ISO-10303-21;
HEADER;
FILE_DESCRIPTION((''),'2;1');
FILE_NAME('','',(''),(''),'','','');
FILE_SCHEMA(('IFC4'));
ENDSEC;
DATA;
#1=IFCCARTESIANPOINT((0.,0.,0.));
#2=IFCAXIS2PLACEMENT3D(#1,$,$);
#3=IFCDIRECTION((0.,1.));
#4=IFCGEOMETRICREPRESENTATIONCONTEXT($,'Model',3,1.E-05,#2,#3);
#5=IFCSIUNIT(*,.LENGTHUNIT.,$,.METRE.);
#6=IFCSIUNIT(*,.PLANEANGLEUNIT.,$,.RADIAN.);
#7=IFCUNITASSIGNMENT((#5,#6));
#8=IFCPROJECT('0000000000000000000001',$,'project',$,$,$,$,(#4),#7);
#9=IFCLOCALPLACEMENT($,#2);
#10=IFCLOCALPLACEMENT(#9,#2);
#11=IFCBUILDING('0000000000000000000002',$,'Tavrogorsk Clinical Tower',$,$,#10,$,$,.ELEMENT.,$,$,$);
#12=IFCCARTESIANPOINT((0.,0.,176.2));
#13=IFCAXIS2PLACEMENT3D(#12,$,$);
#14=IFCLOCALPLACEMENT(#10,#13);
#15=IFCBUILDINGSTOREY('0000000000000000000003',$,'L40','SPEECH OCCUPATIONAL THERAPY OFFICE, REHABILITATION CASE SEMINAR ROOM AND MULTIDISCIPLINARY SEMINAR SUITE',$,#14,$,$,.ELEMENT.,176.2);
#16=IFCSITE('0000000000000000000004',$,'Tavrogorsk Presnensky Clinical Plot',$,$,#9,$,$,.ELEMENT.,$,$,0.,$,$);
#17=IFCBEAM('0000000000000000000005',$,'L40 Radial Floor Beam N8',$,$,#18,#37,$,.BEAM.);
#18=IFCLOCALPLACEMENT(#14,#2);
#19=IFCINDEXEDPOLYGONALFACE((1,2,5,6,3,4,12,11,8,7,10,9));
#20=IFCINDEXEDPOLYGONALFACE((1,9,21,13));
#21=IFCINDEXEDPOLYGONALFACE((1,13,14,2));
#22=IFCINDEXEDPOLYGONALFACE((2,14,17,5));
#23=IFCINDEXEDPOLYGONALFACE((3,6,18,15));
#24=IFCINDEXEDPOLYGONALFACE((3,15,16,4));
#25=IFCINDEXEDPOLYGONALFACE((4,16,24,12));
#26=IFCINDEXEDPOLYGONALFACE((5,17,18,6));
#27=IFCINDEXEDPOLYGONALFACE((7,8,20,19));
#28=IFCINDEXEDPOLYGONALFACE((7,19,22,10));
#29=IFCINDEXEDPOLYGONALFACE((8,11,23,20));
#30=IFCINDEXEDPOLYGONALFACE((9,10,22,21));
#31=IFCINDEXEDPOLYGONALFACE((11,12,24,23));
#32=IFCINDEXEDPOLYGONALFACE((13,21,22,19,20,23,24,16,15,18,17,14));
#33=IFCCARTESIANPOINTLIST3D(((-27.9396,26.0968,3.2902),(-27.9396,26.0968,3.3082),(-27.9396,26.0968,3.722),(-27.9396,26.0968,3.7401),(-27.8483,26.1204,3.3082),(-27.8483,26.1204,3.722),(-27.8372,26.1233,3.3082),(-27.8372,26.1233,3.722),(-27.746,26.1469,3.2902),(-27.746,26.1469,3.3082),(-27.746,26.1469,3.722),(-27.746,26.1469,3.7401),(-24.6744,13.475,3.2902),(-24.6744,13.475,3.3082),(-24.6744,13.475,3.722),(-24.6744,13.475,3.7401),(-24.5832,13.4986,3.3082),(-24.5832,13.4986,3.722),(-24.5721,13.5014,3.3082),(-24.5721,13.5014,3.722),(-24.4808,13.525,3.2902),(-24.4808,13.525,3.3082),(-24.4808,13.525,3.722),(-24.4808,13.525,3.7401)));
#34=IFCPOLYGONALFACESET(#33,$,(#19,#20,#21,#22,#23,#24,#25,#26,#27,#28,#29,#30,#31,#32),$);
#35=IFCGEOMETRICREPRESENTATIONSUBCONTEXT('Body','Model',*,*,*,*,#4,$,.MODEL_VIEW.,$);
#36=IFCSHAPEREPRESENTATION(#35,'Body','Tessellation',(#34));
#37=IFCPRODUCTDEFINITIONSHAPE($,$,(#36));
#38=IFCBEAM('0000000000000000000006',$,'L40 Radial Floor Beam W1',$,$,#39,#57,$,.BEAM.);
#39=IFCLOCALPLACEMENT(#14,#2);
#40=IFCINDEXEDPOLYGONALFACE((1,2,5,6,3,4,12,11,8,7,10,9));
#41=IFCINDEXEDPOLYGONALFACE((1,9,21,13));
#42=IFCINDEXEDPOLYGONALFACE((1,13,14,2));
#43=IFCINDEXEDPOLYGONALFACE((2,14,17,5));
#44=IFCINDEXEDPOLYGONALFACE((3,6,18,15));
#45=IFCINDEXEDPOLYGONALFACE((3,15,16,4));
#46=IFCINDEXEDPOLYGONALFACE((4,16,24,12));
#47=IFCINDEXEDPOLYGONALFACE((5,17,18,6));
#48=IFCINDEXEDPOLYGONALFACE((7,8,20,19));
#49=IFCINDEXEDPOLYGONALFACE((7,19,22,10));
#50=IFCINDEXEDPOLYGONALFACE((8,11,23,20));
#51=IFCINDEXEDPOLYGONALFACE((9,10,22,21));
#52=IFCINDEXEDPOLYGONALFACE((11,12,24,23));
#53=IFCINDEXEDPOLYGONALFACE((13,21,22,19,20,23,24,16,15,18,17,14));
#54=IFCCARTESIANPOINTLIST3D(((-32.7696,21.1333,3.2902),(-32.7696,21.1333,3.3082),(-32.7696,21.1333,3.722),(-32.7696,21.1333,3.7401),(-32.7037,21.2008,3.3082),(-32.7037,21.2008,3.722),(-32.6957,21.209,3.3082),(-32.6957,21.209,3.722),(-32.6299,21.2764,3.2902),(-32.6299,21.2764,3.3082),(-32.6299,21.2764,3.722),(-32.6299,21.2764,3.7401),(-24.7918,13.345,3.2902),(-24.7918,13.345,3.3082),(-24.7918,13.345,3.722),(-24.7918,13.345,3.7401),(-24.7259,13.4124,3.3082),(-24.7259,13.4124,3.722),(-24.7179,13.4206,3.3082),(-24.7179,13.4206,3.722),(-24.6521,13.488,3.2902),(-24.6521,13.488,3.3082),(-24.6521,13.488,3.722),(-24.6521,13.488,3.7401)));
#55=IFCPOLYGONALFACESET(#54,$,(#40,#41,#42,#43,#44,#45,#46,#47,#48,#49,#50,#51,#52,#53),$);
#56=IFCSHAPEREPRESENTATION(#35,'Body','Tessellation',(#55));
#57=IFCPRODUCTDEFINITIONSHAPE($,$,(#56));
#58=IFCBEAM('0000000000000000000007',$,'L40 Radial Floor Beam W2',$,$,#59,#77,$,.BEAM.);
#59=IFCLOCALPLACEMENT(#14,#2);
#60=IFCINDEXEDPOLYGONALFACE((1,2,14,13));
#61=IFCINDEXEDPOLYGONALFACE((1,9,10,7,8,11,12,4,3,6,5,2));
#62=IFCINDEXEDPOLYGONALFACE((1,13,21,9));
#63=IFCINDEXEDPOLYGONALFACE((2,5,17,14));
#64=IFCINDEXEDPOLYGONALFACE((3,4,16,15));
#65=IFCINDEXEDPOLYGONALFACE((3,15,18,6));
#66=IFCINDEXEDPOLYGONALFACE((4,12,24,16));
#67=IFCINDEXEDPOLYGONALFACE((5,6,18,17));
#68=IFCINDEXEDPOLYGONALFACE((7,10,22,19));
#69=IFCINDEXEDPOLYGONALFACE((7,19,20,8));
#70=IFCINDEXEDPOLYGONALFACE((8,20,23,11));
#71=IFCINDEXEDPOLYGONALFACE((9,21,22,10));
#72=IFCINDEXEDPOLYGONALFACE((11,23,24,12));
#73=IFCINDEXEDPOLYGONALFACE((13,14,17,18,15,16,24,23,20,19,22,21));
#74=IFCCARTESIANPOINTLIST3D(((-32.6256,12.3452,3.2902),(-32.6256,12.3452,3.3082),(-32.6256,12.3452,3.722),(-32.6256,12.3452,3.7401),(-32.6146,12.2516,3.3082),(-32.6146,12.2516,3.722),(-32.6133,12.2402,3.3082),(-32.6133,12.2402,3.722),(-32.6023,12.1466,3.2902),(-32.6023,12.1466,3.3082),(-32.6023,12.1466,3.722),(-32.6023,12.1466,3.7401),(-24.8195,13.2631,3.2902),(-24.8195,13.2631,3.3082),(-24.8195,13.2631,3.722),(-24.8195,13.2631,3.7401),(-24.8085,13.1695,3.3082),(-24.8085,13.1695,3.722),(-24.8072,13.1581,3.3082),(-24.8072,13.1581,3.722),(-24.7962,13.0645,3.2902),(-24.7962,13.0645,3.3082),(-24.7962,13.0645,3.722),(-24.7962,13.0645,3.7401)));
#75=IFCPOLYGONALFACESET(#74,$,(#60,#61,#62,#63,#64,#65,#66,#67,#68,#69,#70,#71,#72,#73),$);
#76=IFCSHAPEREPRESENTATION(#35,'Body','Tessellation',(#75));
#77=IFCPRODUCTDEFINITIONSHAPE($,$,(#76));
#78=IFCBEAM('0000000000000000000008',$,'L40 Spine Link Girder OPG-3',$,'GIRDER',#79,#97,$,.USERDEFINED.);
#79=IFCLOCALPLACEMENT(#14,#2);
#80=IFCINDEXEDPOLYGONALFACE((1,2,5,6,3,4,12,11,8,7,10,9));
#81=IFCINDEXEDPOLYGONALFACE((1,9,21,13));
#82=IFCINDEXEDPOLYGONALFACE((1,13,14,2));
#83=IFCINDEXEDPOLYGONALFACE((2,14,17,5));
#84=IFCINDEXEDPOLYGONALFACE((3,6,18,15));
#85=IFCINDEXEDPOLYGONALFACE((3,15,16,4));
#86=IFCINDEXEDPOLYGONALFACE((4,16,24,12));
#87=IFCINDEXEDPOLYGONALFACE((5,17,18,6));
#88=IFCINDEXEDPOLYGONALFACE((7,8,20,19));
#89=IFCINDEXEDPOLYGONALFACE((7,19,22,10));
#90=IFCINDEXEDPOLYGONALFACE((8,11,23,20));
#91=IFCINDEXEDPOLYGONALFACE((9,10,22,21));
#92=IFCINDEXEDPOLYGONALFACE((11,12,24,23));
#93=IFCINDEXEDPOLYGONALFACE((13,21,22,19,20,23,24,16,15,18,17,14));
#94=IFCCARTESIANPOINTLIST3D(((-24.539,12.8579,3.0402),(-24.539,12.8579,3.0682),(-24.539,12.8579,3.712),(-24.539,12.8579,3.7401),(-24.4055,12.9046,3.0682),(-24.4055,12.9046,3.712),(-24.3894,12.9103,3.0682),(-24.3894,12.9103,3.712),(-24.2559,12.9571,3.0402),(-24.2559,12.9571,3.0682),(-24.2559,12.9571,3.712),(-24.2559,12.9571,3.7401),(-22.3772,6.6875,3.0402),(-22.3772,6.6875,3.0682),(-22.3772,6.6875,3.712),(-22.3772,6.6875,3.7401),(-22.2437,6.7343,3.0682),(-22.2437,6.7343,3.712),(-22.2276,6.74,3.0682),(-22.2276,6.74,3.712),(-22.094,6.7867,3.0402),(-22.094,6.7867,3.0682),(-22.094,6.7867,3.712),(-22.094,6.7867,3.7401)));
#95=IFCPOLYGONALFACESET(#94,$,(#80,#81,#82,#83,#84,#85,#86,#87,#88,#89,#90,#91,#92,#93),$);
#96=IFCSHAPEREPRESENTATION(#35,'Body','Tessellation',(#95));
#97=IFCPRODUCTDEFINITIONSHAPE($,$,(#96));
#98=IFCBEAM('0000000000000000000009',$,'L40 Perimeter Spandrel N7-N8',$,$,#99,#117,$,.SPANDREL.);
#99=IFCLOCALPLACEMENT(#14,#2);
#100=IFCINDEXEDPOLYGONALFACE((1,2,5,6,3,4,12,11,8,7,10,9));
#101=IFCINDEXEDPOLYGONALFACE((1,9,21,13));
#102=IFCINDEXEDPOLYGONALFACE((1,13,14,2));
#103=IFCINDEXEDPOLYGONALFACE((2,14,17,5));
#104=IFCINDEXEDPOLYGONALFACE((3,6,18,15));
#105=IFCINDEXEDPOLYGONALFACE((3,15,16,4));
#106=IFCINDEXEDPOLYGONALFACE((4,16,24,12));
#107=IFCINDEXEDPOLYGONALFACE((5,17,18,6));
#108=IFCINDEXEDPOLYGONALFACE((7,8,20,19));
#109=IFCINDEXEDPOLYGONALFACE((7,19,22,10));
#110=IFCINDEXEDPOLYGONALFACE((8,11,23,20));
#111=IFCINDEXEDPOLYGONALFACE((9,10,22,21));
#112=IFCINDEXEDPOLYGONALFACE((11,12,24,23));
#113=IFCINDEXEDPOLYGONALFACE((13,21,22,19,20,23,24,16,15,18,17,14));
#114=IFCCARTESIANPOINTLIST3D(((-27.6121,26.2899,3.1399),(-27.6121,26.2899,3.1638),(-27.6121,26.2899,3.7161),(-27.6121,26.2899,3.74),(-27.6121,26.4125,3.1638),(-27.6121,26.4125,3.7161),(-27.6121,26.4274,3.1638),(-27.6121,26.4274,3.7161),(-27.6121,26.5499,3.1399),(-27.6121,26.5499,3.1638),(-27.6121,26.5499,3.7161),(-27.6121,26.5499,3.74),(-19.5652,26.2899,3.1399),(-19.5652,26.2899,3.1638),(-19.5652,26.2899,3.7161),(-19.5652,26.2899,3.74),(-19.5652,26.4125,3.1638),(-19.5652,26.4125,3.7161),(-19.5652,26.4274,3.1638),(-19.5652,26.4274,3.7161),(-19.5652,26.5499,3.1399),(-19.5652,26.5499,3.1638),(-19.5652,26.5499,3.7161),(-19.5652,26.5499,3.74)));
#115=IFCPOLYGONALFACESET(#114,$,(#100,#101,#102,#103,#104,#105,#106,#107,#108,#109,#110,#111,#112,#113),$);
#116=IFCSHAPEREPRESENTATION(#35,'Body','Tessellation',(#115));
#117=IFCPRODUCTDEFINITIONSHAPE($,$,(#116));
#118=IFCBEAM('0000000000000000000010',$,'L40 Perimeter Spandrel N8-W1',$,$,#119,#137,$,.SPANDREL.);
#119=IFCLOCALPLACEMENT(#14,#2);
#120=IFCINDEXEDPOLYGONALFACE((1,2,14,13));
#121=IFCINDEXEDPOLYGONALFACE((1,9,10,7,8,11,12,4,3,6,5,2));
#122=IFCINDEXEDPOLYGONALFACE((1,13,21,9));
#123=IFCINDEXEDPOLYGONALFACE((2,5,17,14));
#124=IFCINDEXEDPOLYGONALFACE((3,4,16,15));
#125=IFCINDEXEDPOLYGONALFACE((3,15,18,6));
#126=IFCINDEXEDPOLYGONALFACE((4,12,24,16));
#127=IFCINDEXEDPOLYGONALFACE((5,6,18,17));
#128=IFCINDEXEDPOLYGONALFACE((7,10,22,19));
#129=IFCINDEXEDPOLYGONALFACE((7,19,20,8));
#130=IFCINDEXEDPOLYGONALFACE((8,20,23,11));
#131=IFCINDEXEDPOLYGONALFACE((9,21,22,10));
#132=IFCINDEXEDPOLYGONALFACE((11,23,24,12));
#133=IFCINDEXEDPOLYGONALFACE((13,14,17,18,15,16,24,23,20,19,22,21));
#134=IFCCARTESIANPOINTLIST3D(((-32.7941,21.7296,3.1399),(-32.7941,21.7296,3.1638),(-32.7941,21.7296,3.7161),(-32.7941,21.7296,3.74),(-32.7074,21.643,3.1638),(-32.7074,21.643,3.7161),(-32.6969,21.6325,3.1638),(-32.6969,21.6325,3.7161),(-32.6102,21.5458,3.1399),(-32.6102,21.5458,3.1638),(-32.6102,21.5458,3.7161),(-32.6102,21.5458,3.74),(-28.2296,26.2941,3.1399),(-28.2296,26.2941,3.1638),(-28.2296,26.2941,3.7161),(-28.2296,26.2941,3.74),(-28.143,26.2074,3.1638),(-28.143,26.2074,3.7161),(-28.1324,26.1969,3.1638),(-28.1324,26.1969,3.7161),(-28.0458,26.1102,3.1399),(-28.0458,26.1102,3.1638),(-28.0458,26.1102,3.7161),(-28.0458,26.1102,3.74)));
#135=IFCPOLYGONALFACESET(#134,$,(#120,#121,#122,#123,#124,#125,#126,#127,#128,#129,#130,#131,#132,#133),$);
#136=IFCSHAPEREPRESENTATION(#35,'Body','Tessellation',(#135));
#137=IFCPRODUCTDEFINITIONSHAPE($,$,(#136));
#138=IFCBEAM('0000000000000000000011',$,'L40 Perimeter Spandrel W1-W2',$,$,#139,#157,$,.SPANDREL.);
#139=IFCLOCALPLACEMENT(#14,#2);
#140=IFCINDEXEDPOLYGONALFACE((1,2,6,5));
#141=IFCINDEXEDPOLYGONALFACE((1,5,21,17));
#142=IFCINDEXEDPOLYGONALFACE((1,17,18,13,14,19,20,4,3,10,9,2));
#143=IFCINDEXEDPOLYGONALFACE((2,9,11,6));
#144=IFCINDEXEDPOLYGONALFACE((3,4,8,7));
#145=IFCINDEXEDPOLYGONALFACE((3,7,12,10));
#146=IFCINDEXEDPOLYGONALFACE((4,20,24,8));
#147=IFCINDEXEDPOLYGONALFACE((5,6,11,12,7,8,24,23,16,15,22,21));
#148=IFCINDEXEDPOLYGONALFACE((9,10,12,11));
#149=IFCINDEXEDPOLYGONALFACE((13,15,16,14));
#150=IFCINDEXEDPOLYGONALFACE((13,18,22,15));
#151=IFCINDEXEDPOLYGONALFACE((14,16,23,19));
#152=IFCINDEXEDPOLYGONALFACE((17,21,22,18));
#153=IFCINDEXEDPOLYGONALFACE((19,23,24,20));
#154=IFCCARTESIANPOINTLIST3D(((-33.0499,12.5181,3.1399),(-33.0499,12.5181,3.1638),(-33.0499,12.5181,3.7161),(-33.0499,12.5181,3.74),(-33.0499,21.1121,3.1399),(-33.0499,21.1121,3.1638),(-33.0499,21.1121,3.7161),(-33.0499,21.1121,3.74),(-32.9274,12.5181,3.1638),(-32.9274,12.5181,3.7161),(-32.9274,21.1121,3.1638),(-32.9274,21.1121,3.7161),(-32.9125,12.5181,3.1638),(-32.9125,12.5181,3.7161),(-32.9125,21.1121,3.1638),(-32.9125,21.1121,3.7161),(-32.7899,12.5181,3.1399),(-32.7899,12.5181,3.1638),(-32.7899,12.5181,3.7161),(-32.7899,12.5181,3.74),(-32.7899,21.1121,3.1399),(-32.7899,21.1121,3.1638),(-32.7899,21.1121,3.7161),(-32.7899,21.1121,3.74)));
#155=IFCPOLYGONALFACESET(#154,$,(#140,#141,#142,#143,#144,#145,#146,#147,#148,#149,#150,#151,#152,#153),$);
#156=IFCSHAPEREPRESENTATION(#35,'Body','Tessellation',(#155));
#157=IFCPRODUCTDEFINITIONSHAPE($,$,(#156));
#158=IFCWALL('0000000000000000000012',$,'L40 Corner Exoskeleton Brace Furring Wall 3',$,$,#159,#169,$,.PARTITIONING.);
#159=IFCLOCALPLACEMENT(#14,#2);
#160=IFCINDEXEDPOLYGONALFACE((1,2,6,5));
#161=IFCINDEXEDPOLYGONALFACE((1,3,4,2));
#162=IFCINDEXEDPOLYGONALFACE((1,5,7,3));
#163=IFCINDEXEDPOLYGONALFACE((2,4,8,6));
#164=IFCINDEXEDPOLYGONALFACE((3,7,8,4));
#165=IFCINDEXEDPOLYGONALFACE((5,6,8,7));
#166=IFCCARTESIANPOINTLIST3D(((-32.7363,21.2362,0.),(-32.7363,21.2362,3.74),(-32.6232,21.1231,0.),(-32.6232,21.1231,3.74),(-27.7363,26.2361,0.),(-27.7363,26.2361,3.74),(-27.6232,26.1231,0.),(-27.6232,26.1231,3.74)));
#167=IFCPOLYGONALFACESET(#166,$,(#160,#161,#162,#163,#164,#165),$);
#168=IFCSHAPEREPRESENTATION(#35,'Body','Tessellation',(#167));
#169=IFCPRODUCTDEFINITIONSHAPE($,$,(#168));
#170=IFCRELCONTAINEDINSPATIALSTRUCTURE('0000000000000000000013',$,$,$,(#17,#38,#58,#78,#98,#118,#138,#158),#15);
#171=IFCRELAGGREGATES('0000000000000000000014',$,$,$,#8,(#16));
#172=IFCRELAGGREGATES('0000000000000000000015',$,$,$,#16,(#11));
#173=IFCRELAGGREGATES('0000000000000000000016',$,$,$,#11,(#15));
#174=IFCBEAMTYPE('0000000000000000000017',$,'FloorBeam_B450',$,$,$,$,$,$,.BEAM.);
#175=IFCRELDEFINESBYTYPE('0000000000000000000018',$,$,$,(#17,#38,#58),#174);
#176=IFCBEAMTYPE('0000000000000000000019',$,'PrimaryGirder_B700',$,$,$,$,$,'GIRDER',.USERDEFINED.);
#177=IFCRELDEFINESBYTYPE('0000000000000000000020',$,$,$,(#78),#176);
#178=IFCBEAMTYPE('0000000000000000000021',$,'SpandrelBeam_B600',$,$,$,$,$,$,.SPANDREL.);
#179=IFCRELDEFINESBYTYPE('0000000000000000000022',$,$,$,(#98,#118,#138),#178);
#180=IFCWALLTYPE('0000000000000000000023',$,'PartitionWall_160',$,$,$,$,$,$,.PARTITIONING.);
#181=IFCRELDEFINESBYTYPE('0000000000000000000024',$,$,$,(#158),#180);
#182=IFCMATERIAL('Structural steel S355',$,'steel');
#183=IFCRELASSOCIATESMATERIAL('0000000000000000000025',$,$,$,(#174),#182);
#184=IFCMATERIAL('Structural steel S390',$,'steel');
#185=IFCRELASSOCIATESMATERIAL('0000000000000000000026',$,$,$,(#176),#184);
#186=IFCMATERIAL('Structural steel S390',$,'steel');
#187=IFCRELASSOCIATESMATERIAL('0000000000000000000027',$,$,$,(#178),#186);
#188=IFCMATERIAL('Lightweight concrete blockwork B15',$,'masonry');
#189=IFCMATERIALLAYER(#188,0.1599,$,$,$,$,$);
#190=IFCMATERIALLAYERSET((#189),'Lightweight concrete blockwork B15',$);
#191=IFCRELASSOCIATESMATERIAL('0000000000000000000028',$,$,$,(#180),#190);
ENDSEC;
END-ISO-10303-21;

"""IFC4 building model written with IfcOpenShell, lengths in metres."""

from ifc_helpers import new_model, si_unit, direction, frame, frame_2d, origin, origin_2d, place, context, subcontext, project, spatial, rectangle, i_section, extrude, material, layer, layer_set, material_profile, profile_set, type_object, element, save


model = new_model("IFC4")

# Units and contexts
model_context = context("Model", 3, precision=1e-05, world=origin(), true_north=direction((0.0, 1.0)))
body_context = subcontext(model_context, "Body", "Model", "MODEL_VIEW")
ifc_project = project(units=[si_unit("LENGTHUNIT", "METRE"), si_unit("PLANEANGLEUNIT", "RADIAN")], contexts=[model_context])

# Site, building, storey
site_placement = place(None, origin())
site = spatial("IfcSite", under=ifc_project, at=site_placement, Name="Tavrogorsk Presnensky Clinical Plot", CompositionType="ELEMENT", RefElevation=0.0)
building_placement = place(site_placement, origin())
building = spatial("IfcBuilding", under=site, at=building_placement, Name="Tavrogorsk Clinical Tower", CompositionType="ELEMENT")
storey_placement = place(building_placement, frame((0.0, 0.0, 176.2)))
storey = spatial("IfcBuildingStorey", under=building, at=storey_placement, Name="L40", Description="SPEECH OCCUPATIONAL THERAPY OFFICE, REHABILITATION CASE SEMINAR ROOM AND MULTIDISCIPLINARY SEMINAR SUITE", CompositionType="ELEMENT", Elevation=176.2)

# Beams
ifc_material_1 = material(Name="Structural steel S355", Category="steel")
ifc_material_profile_1 = material_profile(ifc_material_1, i_section(OverallWidth=0.2, OverallDepth=0.45, WebThickness=0.0115, FlangeThickness=0.0181, at=origin_2d()), Name="B-450x200x11.5x18")
ifc_profile_set_1 = profile_set([ifc_material_profile_1], Name="Structural steel S355")
beam_type_1 = type_object("IfcBeamType", Name="FloorBeam_B450", PredefinedType="BEAM", material=ifc_profile_set_1)
beam_1_placement = place(storey_placement, frame((-24.5776, 13.5, 3.5151), z_axis=(-0.250445, 0.968131, 0.0), x_axis=(-0.968131, -0.250445, 0.0)))
element("IfcBeam", 1, at=beam_1_placement, inside=storey, type_object=beam_type_1, Name="L40 Radial Floor Beam N8", PredefinedType="BEAM", context=body_context, shape_type="SweptSolid", body=[
    extrude(i_section(OverallWidth=0.2, OverallDepth=0.45, WebThickness=0.0115, FlangeThickness=0.0181, at=origin_2d()), origin(), (0.0, 0.0, 1.0), 13.0374),
])
beam_2_placement = place(storey_placement, frame((-24.7219, 13.4165, 3.5151), z_axis=(-0.715552, 0.698559, 0.0), x_axis=(-0.698559, -0.715552, 0.0)))
element("IfcBeam", 2, at=beam_2_placement, inside=storey, type_object=beam_type_1, Name="L40 Radial Floor Beam W1", PredefinedType="BEAM", context=body_context, shape_type="SweptSolid", body=[
    extrude(i_section(OverallWidth=0.2, OverallDepth=0.45, WebThickness=0.0115, FlangeThickness=0.0181, at=origin_2d()), origin(), (0.0, 0.0, 1.0), 11.1492),
])
beam_3_placement = place(storey_placement, frame((-24.8079, 13.1638, 3.5151), z_axis=(-0.993157, -0.116791, 0.0), x_axis=(0.116791, -0.993157, 0.0)))
element("IfcBeam", 3, at=beam_3_placement, inside=storey, type_object=beam_type_1, Name="L40 Radial Floor Beam W2", PredefinedType="BEAM", context=body_context, shape_type="SweptSolid", body=[
    extrude(i_section(OverallWidth=0.2, OverallDepth=0.45, WebThickness=0.0115, FlangeThickness=0.0181, at=origin_2d()), origin(), (0.0, 0.0, 1.0), 7.8599),
])
ifc_material_2 = material(Name="Structural steel S390", Category="steel")
ifc_material_profile_2 = material_profile(ifc_material_2, i_section(OverallWidth=0.3, OverallDepth=0.7, WebThickness=0.0171, FlangeThickness=0.0281, at=origin_2d()), Name="B-700x300x17x28")
ifc_profile_set_2 = profile_set([ifc_material_profile_2], Name="Structural steel S390")
beam_type_2 = type_object("IfcBeamType", Name="PrimaryGirder_B700", ElementType="GIRDER", PredefinedType="USERDEFINED", material=ifc_profile_set_2)
beam_4_placement = place(storey_placement, frame((-24.3975, 12.9075, 3.3901), z_axis=(0.330653, -0.943752, 0.0), x_axis=(0.943752, 0.330653, 0.0)))
element("IfcBeam", 4, at=beam_4_placement, inside=storey, type_object=beam_type_2, Name="L40 Spine Link Girder OPG-3", ObjectType="GIRDER", PredefinedType="USERDEFINED", context=body_context, shape_type="SweptSolid", body=[
    extrude(i_section(OverallWidth=0.3, OverallDepth=0.7, WebThickness=0.0171, FlangeThickness=0.0281, at=origin_2d()), origin(), (0.0, 0.0, 1.0), 6.5381),
])
ifc_material_3 = material(Name="Structural steel S390", Category="steel")
ifc_material_profile_3 = material_profile(ifc_material_3, i_section(OverallWidth=0.26, OverallDepth=0.6001, WebThickness=0.0149, FlangeThickness=0.0239, at=origin_2d()), Name="B-600x260x15x24")
ifc_profile_set_3 = profile_set([ifc_material_profile_3], Name="Structural steel S390")
beam_type_3 = type_object("IfcBeamType", Name="SpandrelBeam_B600", PredefinedType="SPANDREL", material=ifc_profile_set_3)
beam_5_placement = place(storey_placement, frame((-19.5652, 26.4199, 3.4399), z_axis=(-1.0, 0.0, 0.0), x_axis=(0.0, -1.0, 0.0)))
element("IfcBeam", 5, at=beam_5_placement, inside=storey, type_object=beam_type_3, Name="L40 Perimeter Spandrel N7-N8", PredefinedType="SPANDREL", context=body_context, shape_type="SweptSolid", body=[
    extrude(i_section(OverallWidth=0.26, OverallDepth=0.6001, WebThickness=0.0149, FlangeThickness=0.0239, at=origin_2d()), origin(), (0.0, 0.0, 1.0), 8.0469),
])
beam_6_placement = place(storey_placement, frame((-28.1377, 26.2021, 3.4399), z_axis=(-0.707107, -0.707107, 0.0), x_axis=(0.707107, -0.707107, 0.0)))
element("IfcBeam", 6, at=beam_6_placement, inside=storey, type_object=beam_type_3, Name="L40 Perimeter Spandrel N8-W1", PredefinedType="SPANDREL", context=body_context, shape_type="SweptSolid", body=[
    extrude(i_section(OverallWidth=0.26, OverallDepth=0.6001, WebThickness=0.0149, FlangeThickness=0.0239, at=origin_2d()), origin(), (0.0, 0.0, 1.0), 6.4551),
])
beam_7_placement = place(storey_placement, frame((-32.9199, 21.1121, 3.4399), z_axis=(0.0, -1.0, 0.0), x_axis=(1.0, 0.0, 0.0)))
element("IfcBeam", 7, at=beam_7_placement, inside=storey, type_object=beam_type_3, Name="L40 Perimeter Spandrel W1-W2", PredefinedType="SPANDREL", context=body_context, shape_type="SweptSolid", body=[
    extrude(i_section(OverallWidth=0.26, OverallDepth=0.6001, WebThickness=0.0149, FlangeThickness=0.0239, at=origin_2d()), origin(), (0.0, 0.0, 1.0), 8.594),
])

# Wall
ifc_material_4 = material(Name="Lightweight concrete blockwork B15", Category="masonry")
ifc_layer_1 = layer(ifc_material_4, 0.1599)
ifc_layer_set_1 = layer_set([ifc_layer_1], Name="Lightweight concrete blockwork B15")
wall_type_1 = type_object("IfcWallType", Name="PartitionWall_160", PredefinedType="PARTITIONING", material=ifc_layer_set_1)
wall_1_placement = place(storey_placement, frame((-27.6797, 26.1797, 0.0), z_axis=(0.0, 0.0, 1.0), x_axis=(-0.707107, -0.707107, 0.0)))
element("IfcWall", 8, at=wall_1_placement, inside=storey, type_object=wall_type_1, Name="L40 Corner Exoskeleton Brace Furring Wall 3", PredefinedType="PARTITIONING", context=body_context, shape_type="SweptSolid", body=[
    extrude(rectangle(XDim=7.071, YDim=0.1599, at=frame_2d((3.5356, 0.0))), origin(), (0.0, 0.0, 1.0), 3.74),
])

save(model, "model.ifc")
